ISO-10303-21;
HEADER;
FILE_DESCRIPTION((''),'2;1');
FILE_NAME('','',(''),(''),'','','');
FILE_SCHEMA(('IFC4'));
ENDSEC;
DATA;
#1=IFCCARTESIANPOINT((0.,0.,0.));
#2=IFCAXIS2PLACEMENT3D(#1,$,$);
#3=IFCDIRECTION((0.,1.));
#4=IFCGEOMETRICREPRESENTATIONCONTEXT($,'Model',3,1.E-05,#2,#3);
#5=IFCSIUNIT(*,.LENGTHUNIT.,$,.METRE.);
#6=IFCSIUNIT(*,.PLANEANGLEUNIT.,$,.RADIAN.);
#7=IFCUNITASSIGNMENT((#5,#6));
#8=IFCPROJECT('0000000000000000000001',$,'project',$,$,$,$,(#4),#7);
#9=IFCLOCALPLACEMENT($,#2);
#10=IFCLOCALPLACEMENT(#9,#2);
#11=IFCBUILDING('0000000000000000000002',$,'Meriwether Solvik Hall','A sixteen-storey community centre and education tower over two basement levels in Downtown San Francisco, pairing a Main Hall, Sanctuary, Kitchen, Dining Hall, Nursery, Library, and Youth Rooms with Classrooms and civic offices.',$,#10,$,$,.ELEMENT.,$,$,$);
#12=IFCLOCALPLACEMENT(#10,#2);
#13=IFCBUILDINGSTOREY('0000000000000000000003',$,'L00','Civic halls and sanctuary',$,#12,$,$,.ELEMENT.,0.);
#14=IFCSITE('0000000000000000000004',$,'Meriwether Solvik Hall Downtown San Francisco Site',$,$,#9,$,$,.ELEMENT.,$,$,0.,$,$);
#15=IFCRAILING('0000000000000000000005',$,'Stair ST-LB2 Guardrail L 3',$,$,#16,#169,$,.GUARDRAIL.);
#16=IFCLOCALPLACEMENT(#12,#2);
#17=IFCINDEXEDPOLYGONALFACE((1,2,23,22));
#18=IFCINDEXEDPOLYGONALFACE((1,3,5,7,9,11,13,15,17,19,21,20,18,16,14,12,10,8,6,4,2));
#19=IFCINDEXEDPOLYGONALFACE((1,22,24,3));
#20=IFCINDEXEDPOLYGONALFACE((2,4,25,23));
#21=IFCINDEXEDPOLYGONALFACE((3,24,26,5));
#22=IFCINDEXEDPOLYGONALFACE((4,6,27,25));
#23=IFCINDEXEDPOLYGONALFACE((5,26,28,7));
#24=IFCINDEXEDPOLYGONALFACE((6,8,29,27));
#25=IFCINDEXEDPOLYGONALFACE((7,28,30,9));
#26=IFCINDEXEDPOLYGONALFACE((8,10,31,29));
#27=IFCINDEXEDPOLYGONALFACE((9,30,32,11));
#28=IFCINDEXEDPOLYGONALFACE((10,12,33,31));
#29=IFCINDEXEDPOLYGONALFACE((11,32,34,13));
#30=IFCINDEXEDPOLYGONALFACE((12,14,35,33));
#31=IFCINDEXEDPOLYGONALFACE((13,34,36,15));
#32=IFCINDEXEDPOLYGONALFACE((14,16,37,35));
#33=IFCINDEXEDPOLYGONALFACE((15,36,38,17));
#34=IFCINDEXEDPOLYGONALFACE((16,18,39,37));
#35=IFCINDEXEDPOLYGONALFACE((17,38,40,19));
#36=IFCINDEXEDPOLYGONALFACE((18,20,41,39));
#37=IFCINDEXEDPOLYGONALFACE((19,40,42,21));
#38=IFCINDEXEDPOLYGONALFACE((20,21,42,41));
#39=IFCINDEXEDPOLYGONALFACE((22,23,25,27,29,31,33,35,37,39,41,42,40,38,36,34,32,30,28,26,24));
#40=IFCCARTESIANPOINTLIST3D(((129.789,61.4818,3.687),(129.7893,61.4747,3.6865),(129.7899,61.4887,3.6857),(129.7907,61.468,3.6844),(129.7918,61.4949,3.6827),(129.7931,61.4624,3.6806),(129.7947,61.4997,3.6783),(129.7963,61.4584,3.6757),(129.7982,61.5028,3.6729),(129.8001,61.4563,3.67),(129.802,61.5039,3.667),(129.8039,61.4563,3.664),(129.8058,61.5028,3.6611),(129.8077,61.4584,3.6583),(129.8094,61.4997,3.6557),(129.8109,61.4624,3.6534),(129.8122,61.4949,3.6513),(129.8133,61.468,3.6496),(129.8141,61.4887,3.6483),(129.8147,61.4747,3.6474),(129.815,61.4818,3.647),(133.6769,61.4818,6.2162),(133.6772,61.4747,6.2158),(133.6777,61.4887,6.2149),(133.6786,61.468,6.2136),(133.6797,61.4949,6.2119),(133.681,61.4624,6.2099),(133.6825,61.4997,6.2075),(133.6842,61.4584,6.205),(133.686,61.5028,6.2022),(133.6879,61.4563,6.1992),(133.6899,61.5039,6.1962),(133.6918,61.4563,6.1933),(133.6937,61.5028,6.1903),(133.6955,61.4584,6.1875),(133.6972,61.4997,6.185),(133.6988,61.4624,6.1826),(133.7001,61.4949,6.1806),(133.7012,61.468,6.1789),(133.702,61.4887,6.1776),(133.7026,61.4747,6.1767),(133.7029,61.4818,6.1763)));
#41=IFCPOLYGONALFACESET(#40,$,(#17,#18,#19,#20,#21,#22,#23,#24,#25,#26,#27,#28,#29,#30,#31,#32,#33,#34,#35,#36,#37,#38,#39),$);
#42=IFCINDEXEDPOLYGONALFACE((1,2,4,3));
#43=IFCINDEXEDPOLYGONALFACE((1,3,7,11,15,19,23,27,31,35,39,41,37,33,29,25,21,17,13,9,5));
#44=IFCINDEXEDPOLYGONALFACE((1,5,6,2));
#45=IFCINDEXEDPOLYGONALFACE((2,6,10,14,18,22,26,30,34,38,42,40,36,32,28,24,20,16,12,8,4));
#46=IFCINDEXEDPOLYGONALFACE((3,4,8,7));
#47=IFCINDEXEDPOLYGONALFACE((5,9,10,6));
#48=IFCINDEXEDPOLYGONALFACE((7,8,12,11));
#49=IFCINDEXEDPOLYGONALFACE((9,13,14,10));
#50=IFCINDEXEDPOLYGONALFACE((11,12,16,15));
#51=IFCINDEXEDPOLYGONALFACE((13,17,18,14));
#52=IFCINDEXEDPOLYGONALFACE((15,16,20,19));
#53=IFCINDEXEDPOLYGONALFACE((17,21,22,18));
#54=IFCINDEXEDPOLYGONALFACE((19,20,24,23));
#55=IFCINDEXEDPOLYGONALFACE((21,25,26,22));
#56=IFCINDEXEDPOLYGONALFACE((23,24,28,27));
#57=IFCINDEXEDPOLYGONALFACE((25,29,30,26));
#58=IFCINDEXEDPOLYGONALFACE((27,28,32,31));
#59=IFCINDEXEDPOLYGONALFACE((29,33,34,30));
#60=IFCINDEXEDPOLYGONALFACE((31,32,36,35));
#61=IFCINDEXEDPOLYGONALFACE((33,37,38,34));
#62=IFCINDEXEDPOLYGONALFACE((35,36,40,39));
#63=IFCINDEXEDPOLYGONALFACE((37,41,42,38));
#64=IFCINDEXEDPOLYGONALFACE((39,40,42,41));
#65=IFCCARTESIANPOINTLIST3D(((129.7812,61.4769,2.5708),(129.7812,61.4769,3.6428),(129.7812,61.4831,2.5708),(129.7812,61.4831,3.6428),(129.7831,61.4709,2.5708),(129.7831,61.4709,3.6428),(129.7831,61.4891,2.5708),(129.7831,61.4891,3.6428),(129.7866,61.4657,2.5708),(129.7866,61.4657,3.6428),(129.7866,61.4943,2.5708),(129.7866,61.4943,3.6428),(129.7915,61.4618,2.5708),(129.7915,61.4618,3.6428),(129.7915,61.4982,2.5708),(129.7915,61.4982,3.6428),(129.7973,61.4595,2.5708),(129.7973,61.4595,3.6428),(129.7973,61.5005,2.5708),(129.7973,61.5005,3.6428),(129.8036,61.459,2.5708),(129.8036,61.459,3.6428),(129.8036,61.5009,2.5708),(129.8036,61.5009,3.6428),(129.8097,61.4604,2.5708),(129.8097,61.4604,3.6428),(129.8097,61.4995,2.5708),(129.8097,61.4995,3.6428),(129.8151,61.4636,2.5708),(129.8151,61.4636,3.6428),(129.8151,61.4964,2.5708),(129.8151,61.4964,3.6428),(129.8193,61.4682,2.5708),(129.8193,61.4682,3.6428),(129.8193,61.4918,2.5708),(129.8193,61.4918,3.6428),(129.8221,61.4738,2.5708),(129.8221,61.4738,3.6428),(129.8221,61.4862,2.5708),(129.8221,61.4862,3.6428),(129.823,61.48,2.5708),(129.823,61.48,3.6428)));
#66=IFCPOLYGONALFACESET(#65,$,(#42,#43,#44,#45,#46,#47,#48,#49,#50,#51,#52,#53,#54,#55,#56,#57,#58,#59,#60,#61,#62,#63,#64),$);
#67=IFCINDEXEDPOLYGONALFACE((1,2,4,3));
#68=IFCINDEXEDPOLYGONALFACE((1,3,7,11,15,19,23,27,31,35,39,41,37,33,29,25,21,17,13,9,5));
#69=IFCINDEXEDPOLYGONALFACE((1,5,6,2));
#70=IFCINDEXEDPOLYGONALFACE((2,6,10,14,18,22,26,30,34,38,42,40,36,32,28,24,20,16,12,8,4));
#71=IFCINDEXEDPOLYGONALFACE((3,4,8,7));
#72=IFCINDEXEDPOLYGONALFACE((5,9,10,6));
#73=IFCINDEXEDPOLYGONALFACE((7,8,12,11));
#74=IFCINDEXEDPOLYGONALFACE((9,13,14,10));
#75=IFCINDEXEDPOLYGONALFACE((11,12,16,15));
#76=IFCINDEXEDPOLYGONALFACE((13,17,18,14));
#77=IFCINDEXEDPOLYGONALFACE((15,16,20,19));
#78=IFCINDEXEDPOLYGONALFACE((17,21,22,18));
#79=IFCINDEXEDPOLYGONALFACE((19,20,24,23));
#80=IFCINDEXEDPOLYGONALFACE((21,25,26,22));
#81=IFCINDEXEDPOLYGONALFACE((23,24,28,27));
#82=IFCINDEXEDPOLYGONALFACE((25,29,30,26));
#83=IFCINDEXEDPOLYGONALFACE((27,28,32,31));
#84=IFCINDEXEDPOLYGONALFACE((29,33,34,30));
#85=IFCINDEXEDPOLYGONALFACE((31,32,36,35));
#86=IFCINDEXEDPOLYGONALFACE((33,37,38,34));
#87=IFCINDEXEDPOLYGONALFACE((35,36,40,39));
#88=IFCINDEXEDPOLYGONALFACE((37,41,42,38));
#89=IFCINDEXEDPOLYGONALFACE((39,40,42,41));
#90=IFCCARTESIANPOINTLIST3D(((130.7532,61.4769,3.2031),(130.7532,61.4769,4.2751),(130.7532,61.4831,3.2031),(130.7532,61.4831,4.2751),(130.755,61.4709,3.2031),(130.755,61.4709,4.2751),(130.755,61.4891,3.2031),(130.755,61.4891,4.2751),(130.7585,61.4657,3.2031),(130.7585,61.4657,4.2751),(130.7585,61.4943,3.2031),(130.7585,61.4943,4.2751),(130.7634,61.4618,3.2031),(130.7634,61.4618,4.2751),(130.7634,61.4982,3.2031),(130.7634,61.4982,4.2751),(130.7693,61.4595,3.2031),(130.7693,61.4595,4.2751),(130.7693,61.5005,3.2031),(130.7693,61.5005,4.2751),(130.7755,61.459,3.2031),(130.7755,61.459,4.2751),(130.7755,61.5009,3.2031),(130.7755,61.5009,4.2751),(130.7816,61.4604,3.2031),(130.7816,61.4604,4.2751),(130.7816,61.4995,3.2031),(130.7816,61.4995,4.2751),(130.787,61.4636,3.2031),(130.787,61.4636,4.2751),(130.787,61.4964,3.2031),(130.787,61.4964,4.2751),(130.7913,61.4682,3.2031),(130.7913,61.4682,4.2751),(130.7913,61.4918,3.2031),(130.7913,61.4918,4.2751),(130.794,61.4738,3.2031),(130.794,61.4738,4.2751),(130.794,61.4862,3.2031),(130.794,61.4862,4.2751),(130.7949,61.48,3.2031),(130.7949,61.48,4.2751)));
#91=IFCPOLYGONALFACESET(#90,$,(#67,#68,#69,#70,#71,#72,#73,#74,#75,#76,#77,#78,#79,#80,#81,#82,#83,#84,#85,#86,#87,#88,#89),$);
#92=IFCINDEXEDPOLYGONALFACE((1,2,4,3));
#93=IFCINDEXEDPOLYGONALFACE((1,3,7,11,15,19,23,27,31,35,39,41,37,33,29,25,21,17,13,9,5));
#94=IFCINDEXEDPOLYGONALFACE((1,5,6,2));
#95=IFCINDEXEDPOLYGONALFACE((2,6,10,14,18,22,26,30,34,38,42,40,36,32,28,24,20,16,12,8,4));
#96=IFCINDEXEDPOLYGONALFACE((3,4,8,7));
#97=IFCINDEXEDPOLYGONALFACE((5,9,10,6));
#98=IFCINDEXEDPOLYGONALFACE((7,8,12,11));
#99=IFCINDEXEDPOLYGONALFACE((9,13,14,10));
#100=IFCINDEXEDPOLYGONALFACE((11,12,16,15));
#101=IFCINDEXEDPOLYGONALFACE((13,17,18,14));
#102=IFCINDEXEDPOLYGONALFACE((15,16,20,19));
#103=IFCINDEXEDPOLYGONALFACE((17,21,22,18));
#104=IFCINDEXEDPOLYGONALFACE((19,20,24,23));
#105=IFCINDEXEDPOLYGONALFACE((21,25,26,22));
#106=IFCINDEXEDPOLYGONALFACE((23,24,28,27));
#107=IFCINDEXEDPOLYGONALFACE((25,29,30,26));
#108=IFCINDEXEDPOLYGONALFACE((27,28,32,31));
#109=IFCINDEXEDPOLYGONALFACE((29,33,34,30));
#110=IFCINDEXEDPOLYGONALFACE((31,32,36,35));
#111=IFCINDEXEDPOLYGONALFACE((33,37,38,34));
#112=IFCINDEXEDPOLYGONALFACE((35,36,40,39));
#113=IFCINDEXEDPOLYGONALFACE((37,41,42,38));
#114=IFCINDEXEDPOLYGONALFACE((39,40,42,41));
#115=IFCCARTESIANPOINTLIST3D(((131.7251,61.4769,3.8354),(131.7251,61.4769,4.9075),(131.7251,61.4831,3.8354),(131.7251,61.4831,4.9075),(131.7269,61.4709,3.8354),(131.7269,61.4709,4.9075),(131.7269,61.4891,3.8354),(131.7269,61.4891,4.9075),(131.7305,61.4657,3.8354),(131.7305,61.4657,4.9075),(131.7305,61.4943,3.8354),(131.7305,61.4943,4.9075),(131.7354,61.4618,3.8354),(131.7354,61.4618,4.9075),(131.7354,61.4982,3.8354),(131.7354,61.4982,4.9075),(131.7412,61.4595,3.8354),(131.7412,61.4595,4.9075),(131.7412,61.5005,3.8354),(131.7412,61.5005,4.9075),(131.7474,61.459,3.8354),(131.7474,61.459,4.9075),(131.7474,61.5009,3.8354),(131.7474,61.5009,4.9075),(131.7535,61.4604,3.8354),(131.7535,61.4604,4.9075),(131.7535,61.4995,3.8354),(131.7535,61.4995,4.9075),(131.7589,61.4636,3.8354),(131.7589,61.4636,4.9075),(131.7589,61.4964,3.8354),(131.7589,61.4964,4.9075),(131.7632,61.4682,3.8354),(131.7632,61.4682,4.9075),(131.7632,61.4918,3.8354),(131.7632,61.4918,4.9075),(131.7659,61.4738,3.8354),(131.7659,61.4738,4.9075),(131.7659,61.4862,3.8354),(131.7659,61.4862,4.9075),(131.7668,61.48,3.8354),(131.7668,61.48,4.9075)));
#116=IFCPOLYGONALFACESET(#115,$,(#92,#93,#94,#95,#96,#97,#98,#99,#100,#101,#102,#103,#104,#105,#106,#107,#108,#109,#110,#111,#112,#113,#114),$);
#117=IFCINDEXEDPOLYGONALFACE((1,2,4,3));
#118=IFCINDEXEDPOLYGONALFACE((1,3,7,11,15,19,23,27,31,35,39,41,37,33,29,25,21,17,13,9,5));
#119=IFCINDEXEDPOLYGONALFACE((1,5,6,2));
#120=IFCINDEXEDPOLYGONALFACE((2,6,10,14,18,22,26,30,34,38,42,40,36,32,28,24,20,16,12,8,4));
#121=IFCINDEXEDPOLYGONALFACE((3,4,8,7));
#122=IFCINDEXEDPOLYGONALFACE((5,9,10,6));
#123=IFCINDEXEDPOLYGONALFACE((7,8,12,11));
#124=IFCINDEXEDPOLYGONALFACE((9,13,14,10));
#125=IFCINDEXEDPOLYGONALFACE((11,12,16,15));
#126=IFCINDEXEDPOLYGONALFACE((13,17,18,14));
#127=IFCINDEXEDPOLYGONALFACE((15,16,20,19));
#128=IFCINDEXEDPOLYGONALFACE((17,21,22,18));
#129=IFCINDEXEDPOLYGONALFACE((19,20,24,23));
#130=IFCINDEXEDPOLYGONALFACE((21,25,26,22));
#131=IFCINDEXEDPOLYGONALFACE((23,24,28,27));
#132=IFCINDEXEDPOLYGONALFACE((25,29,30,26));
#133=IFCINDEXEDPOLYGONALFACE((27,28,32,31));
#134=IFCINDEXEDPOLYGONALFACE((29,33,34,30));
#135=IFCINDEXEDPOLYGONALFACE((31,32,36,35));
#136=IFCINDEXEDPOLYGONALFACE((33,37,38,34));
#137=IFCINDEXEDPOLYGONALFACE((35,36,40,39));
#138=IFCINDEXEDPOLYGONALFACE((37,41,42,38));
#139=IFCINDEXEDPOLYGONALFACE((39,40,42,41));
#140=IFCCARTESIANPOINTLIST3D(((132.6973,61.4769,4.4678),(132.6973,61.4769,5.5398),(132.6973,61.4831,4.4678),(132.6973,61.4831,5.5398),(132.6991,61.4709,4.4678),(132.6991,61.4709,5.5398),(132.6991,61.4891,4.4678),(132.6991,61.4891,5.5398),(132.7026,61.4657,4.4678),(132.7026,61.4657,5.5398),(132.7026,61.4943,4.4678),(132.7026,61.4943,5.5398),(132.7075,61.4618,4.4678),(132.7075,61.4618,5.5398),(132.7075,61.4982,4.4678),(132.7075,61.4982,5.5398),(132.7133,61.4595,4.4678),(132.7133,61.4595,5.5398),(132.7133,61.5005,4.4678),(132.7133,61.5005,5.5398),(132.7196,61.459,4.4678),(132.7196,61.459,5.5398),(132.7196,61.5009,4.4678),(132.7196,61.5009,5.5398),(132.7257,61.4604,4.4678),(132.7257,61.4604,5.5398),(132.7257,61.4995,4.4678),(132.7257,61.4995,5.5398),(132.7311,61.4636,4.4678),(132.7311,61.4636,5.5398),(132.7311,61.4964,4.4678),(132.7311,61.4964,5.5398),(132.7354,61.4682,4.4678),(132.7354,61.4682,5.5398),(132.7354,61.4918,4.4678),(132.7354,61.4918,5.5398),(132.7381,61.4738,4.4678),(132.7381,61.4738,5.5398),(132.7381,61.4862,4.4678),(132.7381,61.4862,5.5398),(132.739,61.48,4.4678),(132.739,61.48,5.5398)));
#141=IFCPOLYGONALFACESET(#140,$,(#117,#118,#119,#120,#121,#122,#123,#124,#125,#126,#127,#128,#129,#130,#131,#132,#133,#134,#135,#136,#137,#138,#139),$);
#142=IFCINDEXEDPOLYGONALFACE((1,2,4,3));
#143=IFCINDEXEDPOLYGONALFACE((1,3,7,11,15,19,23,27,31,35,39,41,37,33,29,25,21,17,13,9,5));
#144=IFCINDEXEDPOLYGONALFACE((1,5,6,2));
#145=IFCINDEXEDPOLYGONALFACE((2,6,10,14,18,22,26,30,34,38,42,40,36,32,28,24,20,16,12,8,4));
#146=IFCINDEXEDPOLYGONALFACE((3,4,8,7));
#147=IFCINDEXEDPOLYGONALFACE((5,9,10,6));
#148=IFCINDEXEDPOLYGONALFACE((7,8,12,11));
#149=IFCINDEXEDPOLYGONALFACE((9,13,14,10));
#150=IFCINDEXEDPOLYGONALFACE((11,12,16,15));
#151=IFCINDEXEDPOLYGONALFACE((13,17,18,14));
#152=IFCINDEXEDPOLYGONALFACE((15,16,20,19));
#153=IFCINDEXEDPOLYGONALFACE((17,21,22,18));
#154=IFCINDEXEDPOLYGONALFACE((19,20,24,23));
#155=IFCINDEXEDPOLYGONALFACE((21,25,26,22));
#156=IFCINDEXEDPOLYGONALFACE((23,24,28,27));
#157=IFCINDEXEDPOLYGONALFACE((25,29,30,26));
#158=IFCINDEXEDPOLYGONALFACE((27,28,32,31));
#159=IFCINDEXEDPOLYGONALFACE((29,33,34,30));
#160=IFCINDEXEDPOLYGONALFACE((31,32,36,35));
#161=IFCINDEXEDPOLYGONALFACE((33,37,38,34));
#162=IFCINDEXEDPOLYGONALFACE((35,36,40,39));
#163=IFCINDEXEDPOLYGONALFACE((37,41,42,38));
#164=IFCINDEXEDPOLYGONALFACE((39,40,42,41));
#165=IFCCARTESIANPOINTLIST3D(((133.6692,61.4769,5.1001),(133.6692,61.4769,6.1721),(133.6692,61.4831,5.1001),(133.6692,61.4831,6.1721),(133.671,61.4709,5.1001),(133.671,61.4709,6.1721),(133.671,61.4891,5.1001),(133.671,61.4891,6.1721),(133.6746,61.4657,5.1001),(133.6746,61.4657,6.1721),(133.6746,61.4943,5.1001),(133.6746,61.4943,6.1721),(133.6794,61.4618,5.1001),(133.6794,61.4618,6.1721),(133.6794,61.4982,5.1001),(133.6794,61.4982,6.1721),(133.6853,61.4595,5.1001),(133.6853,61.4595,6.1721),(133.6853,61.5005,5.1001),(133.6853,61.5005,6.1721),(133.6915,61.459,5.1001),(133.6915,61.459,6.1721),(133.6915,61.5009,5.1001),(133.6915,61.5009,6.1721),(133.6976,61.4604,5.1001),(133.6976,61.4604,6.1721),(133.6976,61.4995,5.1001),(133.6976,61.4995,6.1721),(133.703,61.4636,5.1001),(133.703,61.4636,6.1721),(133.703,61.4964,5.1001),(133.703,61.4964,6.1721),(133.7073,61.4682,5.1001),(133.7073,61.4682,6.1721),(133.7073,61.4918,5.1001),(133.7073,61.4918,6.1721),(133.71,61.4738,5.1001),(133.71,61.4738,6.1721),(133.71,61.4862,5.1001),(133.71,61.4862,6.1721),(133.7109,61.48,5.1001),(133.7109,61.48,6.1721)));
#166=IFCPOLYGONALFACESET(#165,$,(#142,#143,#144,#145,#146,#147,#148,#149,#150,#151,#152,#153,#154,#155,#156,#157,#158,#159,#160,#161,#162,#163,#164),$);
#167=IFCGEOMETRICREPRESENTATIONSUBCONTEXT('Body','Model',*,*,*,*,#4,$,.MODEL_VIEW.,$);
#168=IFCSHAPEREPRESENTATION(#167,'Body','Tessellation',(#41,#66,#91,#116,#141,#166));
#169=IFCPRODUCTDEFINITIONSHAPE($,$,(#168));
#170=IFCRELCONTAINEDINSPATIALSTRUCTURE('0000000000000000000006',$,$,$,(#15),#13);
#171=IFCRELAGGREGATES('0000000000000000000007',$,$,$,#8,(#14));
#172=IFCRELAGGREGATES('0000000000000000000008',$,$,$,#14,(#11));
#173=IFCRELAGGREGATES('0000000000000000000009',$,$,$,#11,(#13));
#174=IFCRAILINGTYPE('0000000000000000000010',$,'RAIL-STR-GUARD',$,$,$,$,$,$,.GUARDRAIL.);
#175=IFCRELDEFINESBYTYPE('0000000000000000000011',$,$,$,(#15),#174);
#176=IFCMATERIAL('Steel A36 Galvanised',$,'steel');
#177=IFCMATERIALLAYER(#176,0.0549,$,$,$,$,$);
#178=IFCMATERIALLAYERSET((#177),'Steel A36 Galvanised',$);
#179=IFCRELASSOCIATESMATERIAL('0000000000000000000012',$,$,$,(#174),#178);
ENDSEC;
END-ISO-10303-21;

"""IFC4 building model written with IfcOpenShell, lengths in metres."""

from ifc_helpers import new_model, si_unit, direction, frame, origin, origin_2d, place, context, subcontext, project, spatial, circle, extrude, material, layer, layer_set, type_object, element, save


model = new_model("IFC4")

# Units and contexts
model_context = context("Model", 3, precision=1e-05, world=origin(), true_north=direction((0.0, 1.0)))
body_context = subcontext(model_context, "Body", "Model", "MODEL_VIEW")
ifc_project = project(units=[si_unit("LENGTHUNIT", "METRE"), si_unit("PLANEANGLEUNIT", "RADIAN")], contexts=[model_context])

# Site, building, storey
site_placement = place(None, origin())
site = spatial("IfcSite", under=ifc_project, at=site_placement, Name="Meriwether Solvik Hall Downtown San Francisco Site", CompositionType="ELEMENT", RefElevation=0.0)
building_placement = place(site_placement, origin())
building = spatial("IfcBuilding", under=site, at=building_placement, Name="Meriwether Solvik Hall", Description="A sixteen-storey community centre and education tower over two basement levels in Downtown San Francisco, pairing a Main Hall, Sanctuary, Kitchen, Dining Hall, Nursery, Library, and Youth Rooms with Classrooms and civic offices.", CompositionType="ELEMENT")
storey_placement = place(building_placement, origin())
storey = spatial("IfcBuildingStorey", under=building, at=storey_placement, Name="L00", Description="Civic halls and sanctuary", CompositionType="ELEMENT", Elevation=0.0)

# Railing
ifc_material_1 = material(Name="Steel A36 Galvanised", Category="steel")
ifc_layer_1 = layer(ifc_material_1, 0.0549)
ifc_layer_set_1 = layer_set([ifc_layer_1], Name="Steel A36 Galvanised")
railing_type_1 = type_object("IfcRailingType", Name="RAIL-STR-GUARD", PredefinedType="GUARDRAIL", material=ifc_layer_set_1)
for number, where, name in (
    (1, (129.802, 61.48, 2.5708), "Stair ST-LB2 Guardrail L 3"),
):
    element("IfcRailing", number, at=place(storey_placement, frame(where)), inside=storey, type_object=railing_type_1, Name=name, PredefinedType="GUARDRAIL", context=body_context, shape_type="SweptSolid", body=[
        extrude(circle(Radius=0.0239, at=origin_2d()), frame((0.0, 0.0, 1.0962), z_axis=(0.838233, 0.0, 0.545312), x_axis=(0.0, 1.0, 0.0)), (0.0, 0.0, 1.0), 4.6382),
        extrude(circle(Radius=0.021, at=origin_2d()), origin(), (0.0, 0.0, 1.0), 1.072),
        extrude(circle(Radius=0.021, at=origin_2d()), frame((0.9719, 0.0, 0.6323)), (0.0, 0.0, 1.0), 1.072),
        extrude(circle(Radius=0.021, at=origin_2d()), frame((1.9438, 0.0, 1.2646)), (0.0, 0.0, 1.0), 1.072),
        extrude(circle(Radius=0.021, at=origin_2d()), frame((2.916, 0.0, 1.897)), (0.0, 0.0, 1.0), 1.072),
        extrude(circle(Radius=0.021, at=origin_2d()), frame((3.8879, 0.0, 2.5293)), (0.0, 0.0, 1.0), 1.072),
    ])

save(model, "model.ifc")
